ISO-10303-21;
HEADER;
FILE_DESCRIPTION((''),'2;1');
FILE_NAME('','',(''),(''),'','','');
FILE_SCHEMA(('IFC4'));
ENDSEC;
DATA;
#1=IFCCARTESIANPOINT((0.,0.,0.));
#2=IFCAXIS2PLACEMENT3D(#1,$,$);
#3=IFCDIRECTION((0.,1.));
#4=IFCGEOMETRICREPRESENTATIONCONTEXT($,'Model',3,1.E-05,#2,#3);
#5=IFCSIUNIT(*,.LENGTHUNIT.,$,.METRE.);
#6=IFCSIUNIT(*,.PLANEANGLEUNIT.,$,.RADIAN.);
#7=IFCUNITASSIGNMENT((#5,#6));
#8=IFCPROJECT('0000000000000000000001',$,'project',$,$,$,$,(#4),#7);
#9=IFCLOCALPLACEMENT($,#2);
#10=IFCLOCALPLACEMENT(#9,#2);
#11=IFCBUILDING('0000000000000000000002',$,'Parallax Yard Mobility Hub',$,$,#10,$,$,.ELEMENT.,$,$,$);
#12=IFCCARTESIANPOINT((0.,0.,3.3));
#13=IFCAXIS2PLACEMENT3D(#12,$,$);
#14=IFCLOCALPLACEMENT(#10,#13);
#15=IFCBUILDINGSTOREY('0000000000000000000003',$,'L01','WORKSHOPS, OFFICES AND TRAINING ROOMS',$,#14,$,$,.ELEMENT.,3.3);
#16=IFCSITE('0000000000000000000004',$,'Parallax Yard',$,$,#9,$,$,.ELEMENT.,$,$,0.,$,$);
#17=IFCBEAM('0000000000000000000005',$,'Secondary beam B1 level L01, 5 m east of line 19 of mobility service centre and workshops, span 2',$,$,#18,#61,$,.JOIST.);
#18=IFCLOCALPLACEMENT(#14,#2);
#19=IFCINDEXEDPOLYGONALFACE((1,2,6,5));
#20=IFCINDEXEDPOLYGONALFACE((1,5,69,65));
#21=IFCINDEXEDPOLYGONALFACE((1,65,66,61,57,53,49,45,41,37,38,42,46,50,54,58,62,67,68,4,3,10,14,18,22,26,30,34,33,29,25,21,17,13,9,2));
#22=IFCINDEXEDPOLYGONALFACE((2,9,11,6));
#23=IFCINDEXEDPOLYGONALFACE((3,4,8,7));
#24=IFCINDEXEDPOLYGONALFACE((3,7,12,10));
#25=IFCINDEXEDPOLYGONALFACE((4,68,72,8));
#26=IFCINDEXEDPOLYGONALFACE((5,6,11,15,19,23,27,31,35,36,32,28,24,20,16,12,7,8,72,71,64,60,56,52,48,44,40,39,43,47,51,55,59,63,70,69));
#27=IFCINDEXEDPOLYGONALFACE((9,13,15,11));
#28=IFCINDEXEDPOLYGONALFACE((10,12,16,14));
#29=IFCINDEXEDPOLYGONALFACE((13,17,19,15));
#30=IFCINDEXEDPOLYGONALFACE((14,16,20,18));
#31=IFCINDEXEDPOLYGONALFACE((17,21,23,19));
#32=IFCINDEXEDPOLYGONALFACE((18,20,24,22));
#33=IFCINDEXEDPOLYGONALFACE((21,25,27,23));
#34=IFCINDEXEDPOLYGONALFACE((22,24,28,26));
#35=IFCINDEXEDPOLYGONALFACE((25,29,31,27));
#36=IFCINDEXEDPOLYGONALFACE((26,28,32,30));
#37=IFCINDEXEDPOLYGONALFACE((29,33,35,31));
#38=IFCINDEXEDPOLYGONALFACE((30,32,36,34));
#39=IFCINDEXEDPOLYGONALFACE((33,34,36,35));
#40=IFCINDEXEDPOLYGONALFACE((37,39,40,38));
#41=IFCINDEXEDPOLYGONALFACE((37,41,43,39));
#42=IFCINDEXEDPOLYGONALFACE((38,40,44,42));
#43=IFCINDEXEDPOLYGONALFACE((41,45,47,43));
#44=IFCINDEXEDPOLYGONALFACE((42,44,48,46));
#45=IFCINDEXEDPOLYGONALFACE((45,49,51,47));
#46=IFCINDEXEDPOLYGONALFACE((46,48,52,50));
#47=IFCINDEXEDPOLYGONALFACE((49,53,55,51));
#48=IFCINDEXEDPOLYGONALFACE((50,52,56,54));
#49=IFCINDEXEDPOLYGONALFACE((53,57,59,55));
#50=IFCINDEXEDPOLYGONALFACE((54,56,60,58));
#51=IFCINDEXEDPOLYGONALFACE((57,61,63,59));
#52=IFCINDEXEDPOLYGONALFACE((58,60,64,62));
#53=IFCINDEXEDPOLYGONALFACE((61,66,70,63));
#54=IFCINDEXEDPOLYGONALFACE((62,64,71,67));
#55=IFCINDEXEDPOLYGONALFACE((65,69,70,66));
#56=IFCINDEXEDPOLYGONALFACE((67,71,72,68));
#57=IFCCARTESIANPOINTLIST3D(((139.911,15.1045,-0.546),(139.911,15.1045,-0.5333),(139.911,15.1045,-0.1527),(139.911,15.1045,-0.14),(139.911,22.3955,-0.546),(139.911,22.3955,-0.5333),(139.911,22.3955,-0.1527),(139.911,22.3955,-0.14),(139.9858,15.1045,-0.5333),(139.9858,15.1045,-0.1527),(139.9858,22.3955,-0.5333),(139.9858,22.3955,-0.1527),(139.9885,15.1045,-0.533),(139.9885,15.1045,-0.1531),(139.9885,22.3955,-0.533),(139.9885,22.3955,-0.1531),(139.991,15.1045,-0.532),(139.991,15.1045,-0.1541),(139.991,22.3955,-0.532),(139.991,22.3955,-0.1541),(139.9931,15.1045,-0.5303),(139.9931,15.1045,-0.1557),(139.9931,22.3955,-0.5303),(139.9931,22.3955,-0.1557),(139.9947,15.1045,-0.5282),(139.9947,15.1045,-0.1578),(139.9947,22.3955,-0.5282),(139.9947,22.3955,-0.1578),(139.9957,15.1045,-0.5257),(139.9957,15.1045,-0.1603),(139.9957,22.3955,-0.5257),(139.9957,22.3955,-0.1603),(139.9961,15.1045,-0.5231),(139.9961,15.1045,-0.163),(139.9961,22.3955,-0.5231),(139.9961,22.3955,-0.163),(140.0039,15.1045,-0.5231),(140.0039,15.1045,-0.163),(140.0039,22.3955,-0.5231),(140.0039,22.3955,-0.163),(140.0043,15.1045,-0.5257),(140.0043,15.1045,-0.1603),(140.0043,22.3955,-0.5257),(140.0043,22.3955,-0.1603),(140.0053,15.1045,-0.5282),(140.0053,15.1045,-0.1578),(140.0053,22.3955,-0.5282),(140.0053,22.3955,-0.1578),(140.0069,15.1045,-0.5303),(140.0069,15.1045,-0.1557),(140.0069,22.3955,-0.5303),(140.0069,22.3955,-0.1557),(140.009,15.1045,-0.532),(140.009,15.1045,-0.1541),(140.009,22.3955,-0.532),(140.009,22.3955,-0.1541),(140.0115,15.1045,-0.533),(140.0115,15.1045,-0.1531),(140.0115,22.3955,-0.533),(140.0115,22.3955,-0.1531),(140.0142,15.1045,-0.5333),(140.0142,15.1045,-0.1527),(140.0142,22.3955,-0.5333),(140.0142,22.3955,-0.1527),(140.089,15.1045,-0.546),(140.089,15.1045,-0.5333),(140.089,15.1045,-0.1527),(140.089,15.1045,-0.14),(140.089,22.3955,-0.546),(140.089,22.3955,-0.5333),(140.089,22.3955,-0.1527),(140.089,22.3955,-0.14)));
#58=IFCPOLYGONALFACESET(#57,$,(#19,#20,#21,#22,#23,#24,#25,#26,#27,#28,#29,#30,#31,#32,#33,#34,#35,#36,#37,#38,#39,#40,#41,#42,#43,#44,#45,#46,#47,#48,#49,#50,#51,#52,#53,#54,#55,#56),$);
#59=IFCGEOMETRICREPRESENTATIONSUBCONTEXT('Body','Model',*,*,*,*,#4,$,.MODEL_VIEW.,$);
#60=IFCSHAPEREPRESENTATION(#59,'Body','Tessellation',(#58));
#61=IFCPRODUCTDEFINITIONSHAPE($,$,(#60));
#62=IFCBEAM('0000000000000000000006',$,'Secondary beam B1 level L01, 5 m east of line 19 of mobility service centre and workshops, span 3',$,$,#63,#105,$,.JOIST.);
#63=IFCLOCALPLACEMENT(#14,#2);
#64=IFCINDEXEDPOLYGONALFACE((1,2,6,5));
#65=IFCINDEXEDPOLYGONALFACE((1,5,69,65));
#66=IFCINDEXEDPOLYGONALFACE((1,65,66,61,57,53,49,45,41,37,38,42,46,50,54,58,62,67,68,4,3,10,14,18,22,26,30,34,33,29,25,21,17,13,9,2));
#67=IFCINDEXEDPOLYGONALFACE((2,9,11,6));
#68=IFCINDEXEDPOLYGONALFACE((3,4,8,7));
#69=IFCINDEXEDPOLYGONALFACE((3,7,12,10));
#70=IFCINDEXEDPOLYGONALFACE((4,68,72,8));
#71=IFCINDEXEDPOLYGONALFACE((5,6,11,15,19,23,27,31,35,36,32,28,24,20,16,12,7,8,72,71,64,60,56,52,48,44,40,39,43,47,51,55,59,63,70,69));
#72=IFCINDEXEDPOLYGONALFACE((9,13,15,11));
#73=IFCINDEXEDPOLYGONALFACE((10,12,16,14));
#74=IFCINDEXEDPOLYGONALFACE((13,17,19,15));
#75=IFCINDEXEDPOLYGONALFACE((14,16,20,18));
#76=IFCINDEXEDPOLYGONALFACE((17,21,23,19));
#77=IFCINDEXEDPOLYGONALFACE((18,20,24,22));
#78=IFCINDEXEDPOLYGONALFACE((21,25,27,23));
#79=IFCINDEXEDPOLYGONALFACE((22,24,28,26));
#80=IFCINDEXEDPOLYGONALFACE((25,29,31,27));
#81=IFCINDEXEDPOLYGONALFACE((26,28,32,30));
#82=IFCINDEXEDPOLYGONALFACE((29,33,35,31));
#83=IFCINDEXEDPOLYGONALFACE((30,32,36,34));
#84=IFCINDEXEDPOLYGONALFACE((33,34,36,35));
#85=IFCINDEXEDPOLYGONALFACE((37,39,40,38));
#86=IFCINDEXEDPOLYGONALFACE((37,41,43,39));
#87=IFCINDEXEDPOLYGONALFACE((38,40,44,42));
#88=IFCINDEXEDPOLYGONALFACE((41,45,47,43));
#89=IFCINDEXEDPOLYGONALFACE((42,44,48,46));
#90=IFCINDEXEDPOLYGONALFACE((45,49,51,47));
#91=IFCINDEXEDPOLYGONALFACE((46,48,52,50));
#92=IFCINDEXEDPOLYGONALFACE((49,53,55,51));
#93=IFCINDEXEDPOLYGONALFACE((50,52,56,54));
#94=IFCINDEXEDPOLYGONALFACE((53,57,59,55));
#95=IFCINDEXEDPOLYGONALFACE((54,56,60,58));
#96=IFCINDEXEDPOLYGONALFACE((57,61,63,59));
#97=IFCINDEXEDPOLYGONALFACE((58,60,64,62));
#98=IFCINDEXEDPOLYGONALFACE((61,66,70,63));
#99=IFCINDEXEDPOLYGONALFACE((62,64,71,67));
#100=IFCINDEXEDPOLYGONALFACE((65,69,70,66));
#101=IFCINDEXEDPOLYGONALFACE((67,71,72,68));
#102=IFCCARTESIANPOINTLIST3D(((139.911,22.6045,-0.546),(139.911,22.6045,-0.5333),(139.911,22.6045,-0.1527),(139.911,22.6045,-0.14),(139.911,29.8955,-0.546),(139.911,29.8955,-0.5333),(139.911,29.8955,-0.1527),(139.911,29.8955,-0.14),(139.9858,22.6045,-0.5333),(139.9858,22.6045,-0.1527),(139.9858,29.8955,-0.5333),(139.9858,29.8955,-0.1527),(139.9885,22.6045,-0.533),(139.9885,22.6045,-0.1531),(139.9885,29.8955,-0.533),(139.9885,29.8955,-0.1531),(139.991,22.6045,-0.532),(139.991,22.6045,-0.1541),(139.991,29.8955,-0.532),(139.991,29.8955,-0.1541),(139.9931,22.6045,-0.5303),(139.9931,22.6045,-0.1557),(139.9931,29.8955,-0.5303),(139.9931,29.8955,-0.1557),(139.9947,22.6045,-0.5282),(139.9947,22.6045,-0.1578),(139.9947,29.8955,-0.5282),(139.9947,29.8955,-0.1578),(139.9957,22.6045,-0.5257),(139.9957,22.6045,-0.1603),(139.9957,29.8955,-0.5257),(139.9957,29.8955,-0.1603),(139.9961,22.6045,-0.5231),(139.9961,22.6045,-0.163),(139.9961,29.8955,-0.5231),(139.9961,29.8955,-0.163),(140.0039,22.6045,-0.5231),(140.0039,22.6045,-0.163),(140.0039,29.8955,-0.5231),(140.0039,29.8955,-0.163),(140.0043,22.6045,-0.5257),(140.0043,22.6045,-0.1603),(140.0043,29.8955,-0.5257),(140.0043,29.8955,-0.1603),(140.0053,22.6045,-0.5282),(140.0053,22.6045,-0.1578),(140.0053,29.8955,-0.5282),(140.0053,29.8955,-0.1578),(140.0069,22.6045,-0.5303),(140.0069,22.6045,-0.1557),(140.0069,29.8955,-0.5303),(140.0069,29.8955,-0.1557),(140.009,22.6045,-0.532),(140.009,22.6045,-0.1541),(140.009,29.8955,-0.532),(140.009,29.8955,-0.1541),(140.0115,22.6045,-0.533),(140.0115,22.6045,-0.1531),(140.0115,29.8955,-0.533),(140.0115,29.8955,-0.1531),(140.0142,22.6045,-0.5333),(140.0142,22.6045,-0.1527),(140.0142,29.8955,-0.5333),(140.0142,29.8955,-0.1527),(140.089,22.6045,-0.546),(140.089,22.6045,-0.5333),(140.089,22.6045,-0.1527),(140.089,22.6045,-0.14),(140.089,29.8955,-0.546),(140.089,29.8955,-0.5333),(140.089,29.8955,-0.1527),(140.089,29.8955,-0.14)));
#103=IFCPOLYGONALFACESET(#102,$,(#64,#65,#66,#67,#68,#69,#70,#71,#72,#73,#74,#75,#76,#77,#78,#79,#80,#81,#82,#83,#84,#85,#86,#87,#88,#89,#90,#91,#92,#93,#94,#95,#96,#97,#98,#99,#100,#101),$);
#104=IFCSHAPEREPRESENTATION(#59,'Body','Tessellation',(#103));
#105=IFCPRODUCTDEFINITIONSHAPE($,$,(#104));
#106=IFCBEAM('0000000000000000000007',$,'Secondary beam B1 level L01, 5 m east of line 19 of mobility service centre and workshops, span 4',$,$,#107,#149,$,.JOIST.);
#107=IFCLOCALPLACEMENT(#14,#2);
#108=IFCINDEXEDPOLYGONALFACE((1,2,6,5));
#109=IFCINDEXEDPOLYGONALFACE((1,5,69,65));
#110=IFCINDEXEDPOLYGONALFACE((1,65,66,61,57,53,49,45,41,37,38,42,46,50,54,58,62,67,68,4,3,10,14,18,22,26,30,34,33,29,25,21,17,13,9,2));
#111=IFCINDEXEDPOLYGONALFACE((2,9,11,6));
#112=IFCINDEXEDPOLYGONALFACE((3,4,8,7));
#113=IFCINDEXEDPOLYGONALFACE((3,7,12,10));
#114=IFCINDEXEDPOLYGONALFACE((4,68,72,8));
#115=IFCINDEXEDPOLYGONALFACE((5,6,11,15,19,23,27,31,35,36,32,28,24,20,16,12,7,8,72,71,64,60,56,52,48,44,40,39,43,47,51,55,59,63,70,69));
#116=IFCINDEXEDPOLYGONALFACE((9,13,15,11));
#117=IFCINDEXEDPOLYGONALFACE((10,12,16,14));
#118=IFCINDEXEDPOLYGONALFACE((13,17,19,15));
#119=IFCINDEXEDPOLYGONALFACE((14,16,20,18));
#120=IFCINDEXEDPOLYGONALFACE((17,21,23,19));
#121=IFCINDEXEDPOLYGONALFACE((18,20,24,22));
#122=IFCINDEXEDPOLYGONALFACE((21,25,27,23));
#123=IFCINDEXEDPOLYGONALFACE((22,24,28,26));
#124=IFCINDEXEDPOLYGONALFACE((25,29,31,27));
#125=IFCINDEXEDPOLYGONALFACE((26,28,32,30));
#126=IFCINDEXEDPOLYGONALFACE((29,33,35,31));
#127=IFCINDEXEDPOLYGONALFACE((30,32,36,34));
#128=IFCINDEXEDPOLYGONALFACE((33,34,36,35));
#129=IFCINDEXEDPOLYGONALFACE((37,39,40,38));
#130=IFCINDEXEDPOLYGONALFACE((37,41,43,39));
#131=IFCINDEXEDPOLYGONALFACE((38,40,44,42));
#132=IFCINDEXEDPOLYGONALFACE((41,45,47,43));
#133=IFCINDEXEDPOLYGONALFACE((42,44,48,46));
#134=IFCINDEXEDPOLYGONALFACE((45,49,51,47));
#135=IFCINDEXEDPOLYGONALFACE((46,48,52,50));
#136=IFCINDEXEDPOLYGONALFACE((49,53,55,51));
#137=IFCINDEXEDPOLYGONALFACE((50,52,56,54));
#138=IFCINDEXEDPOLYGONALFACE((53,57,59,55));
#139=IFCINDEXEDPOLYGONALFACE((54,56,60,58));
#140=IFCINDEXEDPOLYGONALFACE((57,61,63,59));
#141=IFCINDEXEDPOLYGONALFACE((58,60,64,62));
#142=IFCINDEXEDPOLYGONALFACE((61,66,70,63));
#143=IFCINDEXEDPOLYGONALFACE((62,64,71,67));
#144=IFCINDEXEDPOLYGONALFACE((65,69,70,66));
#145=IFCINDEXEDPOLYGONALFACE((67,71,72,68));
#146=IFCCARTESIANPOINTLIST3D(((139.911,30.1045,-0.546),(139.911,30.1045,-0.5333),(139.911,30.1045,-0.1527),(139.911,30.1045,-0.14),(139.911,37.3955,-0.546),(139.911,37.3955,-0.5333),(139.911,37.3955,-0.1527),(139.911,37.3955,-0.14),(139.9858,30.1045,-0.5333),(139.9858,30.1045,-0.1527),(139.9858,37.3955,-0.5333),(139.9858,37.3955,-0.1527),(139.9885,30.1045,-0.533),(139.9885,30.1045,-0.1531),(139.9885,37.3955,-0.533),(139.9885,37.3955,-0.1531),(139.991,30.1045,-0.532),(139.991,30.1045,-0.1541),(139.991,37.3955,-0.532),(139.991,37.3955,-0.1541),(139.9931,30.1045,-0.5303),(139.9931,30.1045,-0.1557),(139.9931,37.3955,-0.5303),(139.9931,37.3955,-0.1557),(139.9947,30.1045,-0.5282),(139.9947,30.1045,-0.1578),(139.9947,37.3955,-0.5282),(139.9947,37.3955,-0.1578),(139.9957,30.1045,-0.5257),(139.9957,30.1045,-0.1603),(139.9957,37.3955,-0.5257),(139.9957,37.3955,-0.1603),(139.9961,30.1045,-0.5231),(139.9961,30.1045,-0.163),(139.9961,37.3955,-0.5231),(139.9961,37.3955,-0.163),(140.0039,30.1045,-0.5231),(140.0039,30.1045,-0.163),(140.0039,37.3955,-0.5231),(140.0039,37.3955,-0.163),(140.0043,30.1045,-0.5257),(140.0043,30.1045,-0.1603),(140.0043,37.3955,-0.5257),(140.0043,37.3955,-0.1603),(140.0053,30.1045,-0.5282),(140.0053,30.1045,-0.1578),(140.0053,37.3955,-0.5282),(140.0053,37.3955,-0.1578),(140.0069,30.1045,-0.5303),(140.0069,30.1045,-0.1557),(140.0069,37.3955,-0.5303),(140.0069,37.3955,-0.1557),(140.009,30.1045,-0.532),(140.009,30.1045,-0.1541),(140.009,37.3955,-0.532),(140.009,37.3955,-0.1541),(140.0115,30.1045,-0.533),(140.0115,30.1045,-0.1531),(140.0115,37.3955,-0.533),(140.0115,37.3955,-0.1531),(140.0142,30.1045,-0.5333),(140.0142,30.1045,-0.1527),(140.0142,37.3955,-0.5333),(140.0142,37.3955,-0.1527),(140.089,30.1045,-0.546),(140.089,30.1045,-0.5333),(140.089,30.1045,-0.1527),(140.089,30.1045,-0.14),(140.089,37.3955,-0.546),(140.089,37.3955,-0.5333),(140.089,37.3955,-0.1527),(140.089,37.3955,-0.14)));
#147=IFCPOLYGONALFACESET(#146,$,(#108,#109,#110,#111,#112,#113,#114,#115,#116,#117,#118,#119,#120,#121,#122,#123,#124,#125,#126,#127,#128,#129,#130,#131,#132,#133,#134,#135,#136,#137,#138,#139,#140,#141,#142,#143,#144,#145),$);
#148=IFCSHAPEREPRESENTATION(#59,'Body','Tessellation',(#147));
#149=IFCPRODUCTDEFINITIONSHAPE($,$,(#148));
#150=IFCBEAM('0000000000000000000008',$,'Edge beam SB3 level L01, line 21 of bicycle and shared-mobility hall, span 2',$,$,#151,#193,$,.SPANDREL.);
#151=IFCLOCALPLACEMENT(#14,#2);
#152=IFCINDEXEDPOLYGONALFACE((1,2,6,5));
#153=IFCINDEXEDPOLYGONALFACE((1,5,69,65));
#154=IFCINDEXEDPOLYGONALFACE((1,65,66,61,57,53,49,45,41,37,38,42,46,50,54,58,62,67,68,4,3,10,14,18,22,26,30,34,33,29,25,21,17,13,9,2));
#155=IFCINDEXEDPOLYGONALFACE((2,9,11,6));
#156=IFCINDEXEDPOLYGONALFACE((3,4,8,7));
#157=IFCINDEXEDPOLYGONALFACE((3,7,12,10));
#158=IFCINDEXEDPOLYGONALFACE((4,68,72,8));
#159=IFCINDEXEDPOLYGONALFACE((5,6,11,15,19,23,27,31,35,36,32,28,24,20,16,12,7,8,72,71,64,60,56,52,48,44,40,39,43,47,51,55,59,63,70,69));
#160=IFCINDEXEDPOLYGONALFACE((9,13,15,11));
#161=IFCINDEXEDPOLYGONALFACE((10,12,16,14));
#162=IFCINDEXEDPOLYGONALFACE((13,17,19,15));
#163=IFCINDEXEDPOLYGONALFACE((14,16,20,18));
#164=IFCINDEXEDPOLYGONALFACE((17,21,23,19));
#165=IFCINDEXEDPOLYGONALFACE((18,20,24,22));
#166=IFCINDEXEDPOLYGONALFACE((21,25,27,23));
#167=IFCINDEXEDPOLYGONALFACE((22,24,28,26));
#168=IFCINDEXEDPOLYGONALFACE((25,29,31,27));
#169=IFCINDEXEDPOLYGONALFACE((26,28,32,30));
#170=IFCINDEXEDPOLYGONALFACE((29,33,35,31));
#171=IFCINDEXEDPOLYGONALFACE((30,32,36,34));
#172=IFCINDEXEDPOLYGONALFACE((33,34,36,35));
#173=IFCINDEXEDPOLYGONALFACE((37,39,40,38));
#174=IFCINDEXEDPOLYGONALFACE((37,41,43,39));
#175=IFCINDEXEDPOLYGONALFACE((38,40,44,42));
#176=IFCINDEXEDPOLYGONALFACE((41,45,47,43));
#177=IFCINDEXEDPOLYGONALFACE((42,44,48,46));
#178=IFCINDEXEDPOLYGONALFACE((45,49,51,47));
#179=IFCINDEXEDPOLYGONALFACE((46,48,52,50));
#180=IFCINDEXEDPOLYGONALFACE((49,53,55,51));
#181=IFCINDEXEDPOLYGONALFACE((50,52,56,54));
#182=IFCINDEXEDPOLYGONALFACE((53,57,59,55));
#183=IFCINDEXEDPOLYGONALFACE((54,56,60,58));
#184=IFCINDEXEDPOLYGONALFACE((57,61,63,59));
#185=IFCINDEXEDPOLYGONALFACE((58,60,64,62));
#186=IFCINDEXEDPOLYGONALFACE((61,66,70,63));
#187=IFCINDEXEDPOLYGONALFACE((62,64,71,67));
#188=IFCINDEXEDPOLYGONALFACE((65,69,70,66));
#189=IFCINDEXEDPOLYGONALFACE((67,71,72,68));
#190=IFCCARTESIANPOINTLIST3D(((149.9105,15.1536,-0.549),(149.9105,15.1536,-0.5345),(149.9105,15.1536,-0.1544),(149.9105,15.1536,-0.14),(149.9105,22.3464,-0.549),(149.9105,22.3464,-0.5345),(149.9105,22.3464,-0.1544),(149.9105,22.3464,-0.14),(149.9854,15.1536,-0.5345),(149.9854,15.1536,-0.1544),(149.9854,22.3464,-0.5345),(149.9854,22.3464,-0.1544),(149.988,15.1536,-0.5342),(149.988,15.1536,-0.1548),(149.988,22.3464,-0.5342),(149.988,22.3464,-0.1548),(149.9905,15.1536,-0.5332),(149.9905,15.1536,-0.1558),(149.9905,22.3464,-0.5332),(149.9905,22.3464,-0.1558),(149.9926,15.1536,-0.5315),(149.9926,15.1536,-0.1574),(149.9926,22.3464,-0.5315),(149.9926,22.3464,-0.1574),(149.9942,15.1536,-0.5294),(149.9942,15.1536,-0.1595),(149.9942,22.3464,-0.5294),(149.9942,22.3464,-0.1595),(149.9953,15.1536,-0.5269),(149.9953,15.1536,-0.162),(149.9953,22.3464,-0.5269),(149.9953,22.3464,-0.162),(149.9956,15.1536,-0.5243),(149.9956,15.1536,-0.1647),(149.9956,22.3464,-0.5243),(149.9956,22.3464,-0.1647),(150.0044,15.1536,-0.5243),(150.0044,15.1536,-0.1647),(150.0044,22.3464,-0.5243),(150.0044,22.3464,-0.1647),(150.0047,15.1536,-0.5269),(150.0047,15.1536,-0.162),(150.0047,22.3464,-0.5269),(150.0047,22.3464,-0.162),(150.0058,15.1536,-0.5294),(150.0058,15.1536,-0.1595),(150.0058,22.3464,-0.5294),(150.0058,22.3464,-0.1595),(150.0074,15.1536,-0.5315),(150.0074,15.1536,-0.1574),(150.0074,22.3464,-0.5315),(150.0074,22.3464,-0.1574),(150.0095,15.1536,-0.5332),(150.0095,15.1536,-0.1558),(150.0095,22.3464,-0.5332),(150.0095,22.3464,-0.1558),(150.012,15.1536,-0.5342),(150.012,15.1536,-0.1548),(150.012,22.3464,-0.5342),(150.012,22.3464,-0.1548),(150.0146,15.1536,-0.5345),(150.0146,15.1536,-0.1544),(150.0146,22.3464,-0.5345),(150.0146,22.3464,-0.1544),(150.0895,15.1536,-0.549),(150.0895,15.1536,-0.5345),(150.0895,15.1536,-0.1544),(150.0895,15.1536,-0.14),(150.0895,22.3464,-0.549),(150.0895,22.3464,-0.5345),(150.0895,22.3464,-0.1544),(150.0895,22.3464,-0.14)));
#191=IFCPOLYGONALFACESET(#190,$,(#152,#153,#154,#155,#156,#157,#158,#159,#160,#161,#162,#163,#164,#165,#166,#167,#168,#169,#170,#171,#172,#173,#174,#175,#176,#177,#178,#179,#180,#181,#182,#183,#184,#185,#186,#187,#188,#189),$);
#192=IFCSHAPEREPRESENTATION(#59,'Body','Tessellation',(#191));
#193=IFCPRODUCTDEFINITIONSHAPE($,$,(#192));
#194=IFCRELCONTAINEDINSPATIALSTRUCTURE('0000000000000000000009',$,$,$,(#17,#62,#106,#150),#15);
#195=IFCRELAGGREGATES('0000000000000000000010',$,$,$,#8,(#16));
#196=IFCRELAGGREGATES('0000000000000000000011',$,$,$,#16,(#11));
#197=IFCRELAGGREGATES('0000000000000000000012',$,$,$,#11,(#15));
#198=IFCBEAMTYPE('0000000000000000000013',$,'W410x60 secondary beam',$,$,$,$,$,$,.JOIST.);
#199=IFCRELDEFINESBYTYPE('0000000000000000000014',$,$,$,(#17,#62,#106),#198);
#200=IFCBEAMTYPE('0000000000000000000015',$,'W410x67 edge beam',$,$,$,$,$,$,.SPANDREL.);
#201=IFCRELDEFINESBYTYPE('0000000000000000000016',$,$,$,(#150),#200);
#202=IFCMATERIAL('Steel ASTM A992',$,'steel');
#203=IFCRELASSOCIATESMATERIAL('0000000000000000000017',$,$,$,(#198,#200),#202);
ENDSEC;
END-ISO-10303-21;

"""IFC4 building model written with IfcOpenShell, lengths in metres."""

from ifc_helpers import new_model, si_unit, direction, frame, origin, origin_2d, place, context, subcontext, project, spatial, i_section, extrude, material, material_profile, profile_set, type_object, element, save


model = new_model("IFC4")

# Units and contexts
model_context = context("Model", 3, precision=1e-05, world=origin(), true_north=direction((0.0, 1.0)))
body_context = subcontext(model_context, "Body", "Model", "MODEL_VIEW")
ifc_project = project(units=[si_unit("LENGTHUNIT", "METRE"), si_unit("PLANEANGLEUNIT", "RADIAN")], contexts=[model_context])

# Site, building, storey
site_placement = place(None, origin())
site = spatial("IfcSite", under=ifc_project, at=site_placement, Name="Parallax Yard", CompositionType="ELEMENT", RefElevation=0.0)
building_placement = place(site_placement, origin())
building = spatial("IfcBuilding", under=site, at=building_placement, Name="Parallax Yard Mobility Hub", CompositionType="ELEMENT")
storey_placement = place(building_placement, frame((0.0, 0.0, 3.3)))
storey = spatial("IfcBuildingStorey", under=building, at=storey_placement, Name="L01", Description="WORKSHOPS, OFFICES AND TRAINING ROOMS", CompositionType="ELEMENT", Elevation=3.3)

# Shared definitions
ifc_material_1 = material(Name="Steel ASTM A992", Category="steel")

# Beams
ifc_material_profile_1 = material_profile(ifc_material_1, i_section(OverallWidth=0.178, OverallDepth=0.406, WebThickness=0.0078, FlangeThickness=0.0127, FilletRadius=0.0103, at=origin_2d()), Name="W410x60")
ifc_profile_set_1 = profile_set([ifc_material_profile_1], Name="Steel ASTM A992")
beam_type_1 = type_object("IfcBeamType", Name="W410x60 secondary beam", PredefinedType="JOIST", material=ifc_profile_set_1)
for number, where, z_axis, x_axis, name in (
    (1, (140.0, 15.1045, -0.343), (0.0, 1.0, 0.0), (-1.0, 0.0, 0.0), "Secondary beam B1 level L01, 5 m east of line 19 of mobility service centre and workshops, span 2"),
    (2, (140.0, 22.6045, -0.343), (0.0, 1.0, 0.0), (-1.0, 0.0, 0.0), "Secondary beam B1 level L01, 5 m east of line 19 of mobility service centre and workshops, span 3"),
    (3, (140.0, 30.1045, -0.343), (0.0, 1.0, 0.0), (-1.0, 0.0, 0.0), "Secondary beam B1 level L01, 5 m east of line 19 of mobility service centre and workshops, span 4"),
):
    element("IfcBeam", number, at=place(storey_placement, frame(where, z_axis=z_axis, x_axis=x_axis)), inside=storey, type_object=beam_type_1, Name=name, PredefinedType="JOIST", context=body_context, shape_type="SweptSolid", body=[
        extrude(i_section(OverallWidth=0.178, OverallDepth=0.406, WebThickness=0.0078, FlangeThickness=0.0127, FilletRadius=0.0103, at=origin_2d()), origin(), (0.0, 0.0, 1.0), 7.291),
    ])
ifc_material_profile_2 = material_profile(ifc_material_1, i_section(OverallWidth=0.179, OverallDepth=0.4089, WebThickness=0.0088, FlangeThickness=0.0144, FilletRadius=0.0103, at=origin_2d()), Name="W410x67")
ifc_profile_set_2 = profile_set([ifc_material_profile_2], Name="Steel ASTM A992")
beam_type_2 = type_object("IfcBeamType", Name="W410x67 edge beam", PredefinedType="SPANDREL", material=ifc_profile_set_2)
for number, where, z_axis, x_axis, name in (
    (4, (150.0, 15.1536, -0.3445), (0.0, 1.0, 0.0), (-1.0, 0.0, 0.0), "Edge beam SB3 level L01, line 21 of bicycle and shared-mobility hall, span 2"),
):
    element("IfcBeam", number, at=place(storey_placement, frame(where, z_axis=z_axis, x_axis=x_axis)), inside=storey, type_object=beam_type_2, Name=name, PredefinedType="SPANDREL", context=body_context, shape_type="SweptSolid", body=[
        extrude(i_section(OverallWidth=0.179, OverallDepth=0.4089, WebThickness=0.0088, FlangeThickness=0.0144, FilletRadius=0.0103, at=origin_2d()), origin(), (0.0, 0.0, 1.0), 7.1929),
    ])

save(model, "model.ifc")
